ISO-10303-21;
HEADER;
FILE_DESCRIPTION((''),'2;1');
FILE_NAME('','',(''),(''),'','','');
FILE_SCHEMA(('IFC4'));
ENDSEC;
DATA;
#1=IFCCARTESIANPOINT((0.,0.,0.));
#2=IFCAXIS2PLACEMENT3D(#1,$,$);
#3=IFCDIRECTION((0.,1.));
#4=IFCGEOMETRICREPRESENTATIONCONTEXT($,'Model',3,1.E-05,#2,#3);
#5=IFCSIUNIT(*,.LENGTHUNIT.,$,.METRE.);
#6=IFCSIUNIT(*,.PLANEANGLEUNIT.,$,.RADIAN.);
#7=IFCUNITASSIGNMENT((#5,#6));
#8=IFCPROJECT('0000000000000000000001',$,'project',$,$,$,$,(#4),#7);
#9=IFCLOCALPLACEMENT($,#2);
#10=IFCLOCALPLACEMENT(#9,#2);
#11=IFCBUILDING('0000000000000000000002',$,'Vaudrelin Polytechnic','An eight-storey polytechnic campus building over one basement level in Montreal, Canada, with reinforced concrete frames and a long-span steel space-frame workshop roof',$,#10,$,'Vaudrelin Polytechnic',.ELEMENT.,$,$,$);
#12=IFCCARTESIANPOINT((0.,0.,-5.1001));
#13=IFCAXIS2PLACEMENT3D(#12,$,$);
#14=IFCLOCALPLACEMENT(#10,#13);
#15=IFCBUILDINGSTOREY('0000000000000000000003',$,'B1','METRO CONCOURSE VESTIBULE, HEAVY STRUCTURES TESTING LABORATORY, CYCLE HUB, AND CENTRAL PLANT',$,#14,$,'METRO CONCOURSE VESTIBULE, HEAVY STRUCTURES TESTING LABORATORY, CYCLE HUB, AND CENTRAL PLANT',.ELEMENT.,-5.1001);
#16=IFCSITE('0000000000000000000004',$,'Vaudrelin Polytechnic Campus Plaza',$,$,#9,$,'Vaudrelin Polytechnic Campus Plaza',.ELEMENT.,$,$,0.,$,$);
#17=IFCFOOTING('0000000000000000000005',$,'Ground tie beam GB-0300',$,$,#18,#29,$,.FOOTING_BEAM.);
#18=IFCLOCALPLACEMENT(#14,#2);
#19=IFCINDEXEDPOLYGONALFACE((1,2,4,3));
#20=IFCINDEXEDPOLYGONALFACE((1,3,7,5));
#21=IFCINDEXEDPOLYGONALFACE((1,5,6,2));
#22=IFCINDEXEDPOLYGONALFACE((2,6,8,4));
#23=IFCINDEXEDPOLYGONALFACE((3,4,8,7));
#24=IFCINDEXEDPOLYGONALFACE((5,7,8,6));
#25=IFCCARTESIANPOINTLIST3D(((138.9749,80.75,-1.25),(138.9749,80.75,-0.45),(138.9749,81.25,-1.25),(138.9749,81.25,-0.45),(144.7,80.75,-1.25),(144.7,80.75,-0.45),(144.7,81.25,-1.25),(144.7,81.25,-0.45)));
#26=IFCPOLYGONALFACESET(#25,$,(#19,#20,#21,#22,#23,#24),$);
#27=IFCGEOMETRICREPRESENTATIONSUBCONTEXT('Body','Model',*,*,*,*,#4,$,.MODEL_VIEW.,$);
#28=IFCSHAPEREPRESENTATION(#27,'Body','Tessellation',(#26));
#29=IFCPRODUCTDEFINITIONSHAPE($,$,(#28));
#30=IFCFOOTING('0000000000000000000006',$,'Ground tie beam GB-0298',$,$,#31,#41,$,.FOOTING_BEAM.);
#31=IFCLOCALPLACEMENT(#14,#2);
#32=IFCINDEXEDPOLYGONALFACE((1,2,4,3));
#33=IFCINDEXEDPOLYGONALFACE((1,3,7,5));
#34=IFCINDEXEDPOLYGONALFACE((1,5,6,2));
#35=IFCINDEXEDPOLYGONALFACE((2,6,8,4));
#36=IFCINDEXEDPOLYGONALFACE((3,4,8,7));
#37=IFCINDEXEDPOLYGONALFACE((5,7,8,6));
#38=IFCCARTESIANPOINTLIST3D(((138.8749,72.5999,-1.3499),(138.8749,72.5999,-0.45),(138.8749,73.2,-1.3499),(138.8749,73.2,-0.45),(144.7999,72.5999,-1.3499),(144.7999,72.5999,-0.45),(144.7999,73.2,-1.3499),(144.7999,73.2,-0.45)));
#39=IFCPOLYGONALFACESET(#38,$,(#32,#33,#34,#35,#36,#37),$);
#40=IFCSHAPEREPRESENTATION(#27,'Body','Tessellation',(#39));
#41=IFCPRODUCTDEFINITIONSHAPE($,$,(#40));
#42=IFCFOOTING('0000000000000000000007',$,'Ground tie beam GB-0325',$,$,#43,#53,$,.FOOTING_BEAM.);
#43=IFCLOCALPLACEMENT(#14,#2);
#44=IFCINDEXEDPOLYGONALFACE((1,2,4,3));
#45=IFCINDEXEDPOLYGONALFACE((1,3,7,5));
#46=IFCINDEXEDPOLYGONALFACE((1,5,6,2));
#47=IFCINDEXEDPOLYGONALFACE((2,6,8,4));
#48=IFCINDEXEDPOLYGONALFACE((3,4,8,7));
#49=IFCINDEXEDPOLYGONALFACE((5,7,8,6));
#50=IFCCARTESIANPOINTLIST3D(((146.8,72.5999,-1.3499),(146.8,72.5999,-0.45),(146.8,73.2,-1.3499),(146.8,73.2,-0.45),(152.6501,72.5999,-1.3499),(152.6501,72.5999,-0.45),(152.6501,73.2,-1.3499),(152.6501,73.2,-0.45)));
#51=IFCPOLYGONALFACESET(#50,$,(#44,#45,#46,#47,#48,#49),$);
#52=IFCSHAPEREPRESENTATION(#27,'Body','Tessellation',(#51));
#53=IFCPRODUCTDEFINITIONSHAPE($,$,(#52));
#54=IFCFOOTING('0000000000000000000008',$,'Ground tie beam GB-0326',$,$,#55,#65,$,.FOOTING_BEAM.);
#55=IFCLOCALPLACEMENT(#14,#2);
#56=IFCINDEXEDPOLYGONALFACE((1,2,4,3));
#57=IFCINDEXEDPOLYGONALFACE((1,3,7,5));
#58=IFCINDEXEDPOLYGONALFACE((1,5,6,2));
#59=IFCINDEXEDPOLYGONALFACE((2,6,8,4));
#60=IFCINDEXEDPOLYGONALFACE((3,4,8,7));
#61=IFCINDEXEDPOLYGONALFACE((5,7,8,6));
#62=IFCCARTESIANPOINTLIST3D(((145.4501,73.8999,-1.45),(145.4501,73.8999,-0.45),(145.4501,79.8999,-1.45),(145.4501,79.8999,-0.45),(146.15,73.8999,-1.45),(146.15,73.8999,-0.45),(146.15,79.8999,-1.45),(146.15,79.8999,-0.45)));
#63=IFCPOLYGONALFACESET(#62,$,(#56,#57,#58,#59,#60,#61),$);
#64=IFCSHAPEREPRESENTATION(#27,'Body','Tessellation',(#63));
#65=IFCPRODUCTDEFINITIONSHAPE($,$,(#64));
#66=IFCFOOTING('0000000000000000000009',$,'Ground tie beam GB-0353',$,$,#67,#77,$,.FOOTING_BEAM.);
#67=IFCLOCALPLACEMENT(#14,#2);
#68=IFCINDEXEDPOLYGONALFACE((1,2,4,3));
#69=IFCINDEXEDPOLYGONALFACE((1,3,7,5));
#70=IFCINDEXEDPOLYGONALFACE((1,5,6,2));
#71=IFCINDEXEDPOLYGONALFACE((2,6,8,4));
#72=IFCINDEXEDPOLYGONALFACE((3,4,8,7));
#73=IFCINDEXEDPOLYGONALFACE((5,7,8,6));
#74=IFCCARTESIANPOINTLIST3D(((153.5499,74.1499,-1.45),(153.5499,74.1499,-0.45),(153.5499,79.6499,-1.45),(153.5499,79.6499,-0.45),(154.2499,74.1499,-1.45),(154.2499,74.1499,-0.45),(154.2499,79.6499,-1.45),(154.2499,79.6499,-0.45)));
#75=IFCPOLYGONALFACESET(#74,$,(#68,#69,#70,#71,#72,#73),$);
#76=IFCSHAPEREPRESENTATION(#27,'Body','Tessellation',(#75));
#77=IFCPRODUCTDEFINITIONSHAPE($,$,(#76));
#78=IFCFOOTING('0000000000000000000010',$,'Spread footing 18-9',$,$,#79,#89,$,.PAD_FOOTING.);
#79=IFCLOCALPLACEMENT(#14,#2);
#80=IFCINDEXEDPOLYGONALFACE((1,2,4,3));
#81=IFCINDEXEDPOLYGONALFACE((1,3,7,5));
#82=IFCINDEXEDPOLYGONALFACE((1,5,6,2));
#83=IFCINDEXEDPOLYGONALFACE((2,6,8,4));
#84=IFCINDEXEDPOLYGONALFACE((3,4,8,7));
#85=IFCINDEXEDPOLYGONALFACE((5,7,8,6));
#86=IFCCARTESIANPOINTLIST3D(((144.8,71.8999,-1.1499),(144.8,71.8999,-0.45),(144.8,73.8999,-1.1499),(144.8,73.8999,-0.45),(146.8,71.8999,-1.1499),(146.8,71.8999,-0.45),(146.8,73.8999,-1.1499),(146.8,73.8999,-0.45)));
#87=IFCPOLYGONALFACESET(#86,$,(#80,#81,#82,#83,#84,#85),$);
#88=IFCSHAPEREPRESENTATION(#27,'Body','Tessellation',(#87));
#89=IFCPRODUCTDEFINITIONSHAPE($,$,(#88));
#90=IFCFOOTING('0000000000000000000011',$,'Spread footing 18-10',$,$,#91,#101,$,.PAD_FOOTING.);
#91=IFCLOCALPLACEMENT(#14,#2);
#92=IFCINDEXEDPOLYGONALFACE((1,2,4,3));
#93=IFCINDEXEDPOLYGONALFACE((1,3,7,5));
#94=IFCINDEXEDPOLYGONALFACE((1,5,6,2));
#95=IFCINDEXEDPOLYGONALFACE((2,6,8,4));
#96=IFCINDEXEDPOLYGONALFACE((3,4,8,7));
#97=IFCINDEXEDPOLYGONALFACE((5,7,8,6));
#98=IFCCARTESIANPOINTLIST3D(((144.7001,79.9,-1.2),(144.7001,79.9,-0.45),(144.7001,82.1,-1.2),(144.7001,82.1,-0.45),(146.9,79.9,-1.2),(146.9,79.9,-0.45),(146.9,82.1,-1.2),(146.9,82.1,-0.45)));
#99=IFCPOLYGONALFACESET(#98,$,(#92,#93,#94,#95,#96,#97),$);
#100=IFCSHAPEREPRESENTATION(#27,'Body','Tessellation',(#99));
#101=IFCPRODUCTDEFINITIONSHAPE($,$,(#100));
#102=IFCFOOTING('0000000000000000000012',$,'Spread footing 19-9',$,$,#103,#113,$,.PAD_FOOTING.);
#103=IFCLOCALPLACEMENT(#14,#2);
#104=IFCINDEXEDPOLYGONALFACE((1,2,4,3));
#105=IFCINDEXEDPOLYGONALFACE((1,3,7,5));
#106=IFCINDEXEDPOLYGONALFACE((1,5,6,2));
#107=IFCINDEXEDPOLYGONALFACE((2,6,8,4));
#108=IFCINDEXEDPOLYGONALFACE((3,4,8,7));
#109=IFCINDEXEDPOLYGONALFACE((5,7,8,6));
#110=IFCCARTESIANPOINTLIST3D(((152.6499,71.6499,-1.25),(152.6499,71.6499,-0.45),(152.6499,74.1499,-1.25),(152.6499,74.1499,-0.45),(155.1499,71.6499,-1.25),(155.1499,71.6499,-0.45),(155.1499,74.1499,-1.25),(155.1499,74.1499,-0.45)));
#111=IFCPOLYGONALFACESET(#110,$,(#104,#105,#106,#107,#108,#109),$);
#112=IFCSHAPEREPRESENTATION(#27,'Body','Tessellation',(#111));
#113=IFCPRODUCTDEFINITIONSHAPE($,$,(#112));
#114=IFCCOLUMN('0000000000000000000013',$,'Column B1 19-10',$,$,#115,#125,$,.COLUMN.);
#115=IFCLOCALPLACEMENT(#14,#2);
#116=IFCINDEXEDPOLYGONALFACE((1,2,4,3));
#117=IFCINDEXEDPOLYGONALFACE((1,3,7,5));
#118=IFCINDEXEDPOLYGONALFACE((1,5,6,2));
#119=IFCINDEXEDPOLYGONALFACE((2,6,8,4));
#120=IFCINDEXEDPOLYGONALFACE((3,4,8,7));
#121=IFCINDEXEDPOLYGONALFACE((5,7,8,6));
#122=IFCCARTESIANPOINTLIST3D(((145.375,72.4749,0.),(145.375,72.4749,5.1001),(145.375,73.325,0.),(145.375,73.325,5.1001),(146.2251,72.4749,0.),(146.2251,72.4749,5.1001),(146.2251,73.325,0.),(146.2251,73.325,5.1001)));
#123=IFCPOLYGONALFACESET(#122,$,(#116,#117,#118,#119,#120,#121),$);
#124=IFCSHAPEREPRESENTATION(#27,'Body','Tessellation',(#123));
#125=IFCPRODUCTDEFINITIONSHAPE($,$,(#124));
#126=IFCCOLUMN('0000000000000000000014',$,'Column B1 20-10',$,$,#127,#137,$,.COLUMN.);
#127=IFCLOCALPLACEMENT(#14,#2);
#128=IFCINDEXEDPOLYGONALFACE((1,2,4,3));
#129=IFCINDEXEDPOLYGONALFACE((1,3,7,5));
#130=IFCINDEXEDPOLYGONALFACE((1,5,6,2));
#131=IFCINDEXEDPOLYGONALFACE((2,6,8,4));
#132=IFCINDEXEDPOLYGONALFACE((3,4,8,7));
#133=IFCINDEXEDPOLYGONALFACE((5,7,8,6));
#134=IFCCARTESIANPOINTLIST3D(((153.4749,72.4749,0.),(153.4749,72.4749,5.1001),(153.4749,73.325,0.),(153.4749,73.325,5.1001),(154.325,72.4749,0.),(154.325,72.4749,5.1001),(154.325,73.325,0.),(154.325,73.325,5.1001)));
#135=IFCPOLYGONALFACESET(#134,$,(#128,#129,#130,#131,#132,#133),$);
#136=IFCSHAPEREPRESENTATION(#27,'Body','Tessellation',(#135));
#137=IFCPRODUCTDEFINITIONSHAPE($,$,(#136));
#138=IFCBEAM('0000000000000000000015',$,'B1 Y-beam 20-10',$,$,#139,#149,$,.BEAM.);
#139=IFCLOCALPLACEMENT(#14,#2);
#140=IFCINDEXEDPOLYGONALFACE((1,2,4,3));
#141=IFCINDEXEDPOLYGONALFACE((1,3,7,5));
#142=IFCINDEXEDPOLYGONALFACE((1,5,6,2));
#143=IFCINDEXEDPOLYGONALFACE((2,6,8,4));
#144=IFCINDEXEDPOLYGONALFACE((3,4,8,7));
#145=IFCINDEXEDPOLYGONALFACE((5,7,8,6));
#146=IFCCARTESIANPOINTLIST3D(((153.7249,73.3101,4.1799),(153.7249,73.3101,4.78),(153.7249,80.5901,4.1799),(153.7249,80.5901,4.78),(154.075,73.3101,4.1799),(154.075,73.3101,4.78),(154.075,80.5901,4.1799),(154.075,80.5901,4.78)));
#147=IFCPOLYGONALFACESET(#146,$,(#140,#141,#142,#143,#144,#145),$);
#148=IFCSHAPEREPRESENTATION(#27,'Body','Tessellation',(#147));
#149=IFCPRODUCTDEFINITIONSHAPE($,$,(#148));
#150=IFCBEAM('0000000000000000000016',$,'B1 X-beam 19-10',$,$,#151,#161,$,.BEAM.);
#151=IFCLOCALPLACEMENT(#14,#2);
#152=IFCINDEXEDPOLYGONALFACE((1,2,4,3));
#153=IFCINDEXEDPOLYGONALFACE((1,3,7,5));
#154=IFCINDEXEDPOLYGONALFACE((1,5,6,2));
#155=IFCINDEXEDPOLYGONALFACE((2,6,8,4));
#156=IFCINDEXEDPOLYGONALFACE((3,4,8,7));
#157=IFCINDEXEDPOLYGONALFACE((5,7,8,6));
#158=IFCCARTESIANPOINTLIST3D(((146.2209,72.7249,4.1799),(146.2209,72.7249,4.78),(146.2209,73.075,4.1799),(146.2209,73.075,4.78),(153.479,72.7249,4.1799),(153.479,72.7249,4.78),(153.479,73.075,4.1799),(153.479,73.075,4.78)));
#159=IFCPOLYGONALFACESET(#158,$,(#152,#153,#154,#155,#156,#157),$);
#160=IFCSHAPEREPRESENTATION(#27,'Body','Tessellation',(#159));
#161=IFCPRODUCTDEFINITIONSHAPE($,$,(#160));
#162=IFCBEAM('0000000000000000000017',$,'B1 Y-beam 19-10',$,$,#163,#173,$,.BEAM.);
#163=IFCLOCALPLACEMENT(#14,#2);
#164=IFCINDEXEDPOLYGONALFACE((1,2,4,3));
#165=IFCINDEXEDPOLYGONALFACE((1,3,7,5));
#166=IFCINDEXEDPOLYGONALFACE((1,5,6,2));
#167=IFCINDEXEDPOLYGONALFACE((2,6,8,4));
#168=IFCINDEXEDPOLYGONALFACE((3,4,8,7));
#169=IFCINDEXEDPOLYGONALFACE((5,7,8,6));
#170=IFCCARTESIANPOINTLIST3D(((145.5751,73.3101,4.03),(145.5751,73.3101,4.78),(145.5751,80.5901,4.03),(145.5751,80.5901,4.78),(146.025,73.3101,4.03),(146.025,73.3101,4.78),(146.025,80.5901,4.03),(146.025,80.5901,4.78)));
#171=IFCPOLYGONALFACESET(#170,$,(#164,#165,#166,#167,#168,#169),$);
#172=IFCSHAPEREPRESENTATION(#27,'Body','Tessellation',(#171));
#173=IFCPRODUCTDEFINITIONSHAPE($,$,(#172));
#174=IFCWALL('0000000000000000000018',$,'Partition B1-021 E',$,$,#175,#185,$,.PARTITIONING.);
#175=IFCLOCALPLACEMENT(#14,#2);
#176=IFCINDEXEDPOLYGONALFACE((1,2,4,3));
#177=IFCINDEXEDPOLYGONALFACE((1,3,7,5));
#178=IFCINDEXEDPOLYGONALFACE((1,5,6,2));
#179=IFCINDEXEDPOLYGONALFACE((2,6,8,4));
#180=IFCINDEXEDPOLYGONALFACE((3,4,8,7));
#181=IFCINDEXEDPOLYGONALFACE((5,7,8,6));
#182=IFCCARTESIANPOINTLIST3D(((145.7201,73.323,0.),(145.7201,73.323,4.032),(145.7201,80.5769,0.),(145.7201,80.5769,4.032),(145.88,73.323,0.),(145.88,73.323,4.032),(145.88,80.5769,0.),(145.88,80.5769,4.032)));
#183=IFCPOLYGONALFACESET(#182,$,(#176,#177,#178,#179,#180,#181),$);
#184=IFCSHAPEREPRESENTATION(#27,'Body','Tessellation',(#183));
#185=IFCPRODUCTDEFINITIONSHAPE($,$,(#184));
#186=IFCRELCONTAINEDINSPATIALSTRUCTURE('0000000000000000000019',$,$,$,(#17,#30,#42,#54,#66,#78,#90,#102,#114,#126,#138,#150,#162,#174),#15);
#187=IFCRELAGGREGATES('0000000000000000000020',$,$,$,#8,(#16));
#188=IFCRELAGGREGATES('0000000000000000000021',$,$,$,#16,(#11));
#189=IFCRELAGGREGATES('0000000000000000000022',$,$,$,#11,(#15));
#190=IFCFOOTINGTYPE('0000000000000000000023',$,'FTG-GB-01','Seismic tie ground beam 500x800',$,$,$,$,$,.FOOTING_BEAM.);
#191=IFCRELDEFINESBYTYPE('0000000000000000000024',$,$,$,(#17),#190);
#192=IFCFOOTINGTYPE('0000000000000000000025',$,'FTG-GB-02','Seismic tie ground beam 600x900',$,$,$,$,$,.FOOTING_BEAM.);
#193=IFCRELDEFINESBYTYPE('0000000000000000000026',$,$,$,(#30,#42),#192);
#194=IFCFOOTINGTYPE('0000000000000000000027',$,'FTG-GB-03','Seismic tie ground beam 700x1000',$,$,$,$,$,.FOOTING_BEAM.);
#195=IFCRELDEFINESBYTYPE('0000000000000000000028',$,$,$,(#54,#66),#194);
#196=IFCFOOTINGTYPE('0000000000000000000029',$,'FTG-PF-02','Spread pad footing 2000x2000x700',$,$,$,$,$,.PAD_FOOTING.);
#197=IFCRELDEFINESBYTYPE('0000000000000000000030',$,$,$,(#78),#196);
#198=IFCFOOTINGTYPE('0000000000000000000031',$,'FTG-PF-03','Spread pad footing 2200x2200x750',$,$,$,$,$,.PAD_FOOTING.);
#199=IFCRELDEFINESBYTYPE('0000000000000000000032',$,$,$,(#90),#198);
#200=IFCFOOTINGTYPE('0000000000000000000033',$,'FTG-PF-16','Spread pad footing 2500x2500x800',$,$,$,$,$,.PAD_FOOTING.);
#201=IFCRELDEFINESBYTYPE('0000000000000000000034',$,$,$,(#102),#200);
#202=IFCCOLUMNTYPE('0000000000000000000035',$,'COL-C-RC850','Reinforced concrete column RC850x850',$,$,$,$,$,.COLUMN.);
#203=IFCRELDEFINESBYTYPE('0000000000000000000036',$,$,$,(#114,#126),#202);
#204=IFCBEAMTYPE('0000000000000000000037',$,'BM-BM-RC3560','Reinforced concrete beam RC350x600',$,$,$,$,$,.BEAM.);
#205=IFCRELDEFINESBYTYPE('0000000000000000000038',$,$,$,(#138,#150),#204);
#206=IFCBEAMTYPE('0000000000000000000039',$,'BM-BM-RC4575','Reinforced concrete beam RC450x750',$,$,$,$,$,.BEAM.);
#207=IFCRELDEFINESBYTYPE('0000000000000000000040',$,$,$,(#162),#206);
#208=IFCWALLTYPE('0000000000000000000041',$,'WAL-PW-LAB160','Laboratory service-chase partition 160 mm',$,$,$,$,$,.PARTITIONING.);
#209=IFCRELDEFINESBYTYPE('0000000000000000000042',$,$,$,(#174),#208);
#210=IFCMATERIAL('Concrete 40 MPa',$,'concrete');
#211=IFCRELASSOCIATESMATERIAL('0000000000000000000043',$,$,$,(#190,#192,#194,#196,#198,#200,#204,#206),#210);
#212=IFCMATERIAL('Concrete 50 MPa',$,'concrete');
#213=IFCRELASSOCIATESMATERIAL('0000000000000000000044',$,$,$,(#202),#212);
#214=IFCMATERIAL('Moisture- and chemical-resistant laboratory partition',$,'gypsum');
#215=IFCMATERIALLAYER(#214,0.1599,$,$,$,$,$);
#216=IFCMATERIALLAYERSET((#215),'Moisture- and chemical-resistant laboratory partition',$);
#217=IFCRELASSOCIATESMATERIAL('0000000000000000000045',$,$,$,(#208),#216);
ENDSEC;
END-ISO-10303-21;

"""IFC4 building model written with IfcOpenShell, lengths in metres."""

from ifc_helpers import new_model, si_unit, direction, frame, frame_2d, origin, origin_2d, place, context, subcontext, project, spatial, rectangle, extrude, material, layer, layer_set, material_profile, profile_set, type_object, element, save


model = new_model("IFC4")

# Units and contexts
model_context = context("Model", 3, precision=1e-05, world=origin(), true_north=direction((0.0, 1.0)))
body_context = subcontext(model_context, "Body", "Model", "MODEL_VIEW")
ifc_project = project(units=[si_unit("LENGTHUNIT", "METRE"), si_unit("PLANEANGLEUNIT", "RADIAN")], contexts=[model_context])

# Site, building, storey
site_placement = place(None, origin())
site = spatial("IfcSite", under=ifc_project, at=site_placement, Name="Vaudrelin Polytechnic Campus Plaza", LongName="Vaudrelin Polytechnic Campus Plaza", CompositionType="ELEMENT", RefElevation=0.0)
building_placement = place(site_placement, origin())
building = spatial("IfcBuilding", under=site, at=building_placement, Name="Vaudrelin Polytechnic", Description="An eight-storey polytechnic campus building over one basement level in Montreal, Canada, with reinforced concrete frames and a long-span steel space-frame workshop roof", LongName="Vaudrelin Polytechnic", CompositionType="ELEMENT")
storey_placement = place(building_placement, frame((0.0, 0.0, -5.1001)))
storey = spatial("IfcBuildingStorey", under=building, at=storey_placement, Name="B1", Description="METRO CONCOURSE VESTIBULE, HEAVY STRUCTURES TESTING LABORATORY, CYCLE HUB, AND CENTRAL PLANT", LongName="METRO CONCOURSE VESTIBULE, HEAVY STRUCTURES TESTING LABORATORY, CYCLE HUB, AND CENTRAL PLANT", CompositionType="ELEMENT", Elevation=-5.1001)

# Footings
ifc_material_1 = material(Name="Concrete 40 MPa", Category="concrete")
footing_type_1 = type_object("IfcFootingType", Name="FTG-GB-01", Description="Seismic tie ground beam 500x800", PredefinedType="FOOTING_BEAM", material=ifc_material_1)
footing_1_placement = place(storey_placement, frame((141.8374, 81.0, -1.25), z_axis=(0.0, 0.0, 1.0), x_axis=(1.0, 0.0, 0.0)))
element("IfcFooting", 1, at=footing_1_placement, inside=storey, type_object=footing_type_1, Name="Ground tie beam GB-0300", PredefinedType="FOOTING_BEAM", context=body_context, shape_type="SweptSolid", body=[
    extrude(rectangle(XDim=5.7251, YDim=0.5, at=origin_2d()), origin(), (0.0, 0.0, 1.0), 0.8),
])
footing_type_2 = type_object("IfcFootingType", Name="FTG-GB-02", Description="Seismic tie ground beam 600x900", PredefinedType="FOOTING_BEAM", material=ifc_material_1)
footing_2_placement = place(storey_placement, frame((141.8374, 72.8999, -1.3499), z_axis=(0.0, 0.0, 1.0), x_axis=(1.0, 0.0, 0.0)))
element("IfcFooting", 2, at=footing_2_placement, inside=storey, type_object=footing_type_2, Name="Ground tie beam GB-0298", PredefinedType="FOOTING_BEAM", context=body_context, shape_type="SweptSolid", body=[
    extrude(rectangle(XDim=5.925, YDim=0.6001, at=origin_2d()), origin(), (0.0, 0.0, 1.0), 0.8999),
])
footing_3_placement = place(storey_placement, frame((149.7251, 72.8999, -1.3499), z_axis=(0.0, 0.0, 1.0), x_axis=(1.0, 0.0, 0.0)))
element("IfcFooting", 3, at=footing_3_placement, inside=storey, type_object=footing_type_2, Name="Ground tie beam GB-0325", PredefinedType="FOOTING_BEAM", context=body_context, shape_type="SweptSolid", body=[
    extrude(rectangle(XDim=5.8501, YDim=0.6001, at=origin_2d()), origin(), (0.0, 0.0, 1.0), 0.8999),
])
footing_type_3 = type_object("IfcFootingType", Name="FTG-GB-03", Description="Seismic tie ground beam 700x1000", PredefinedType="FOOTING_BEAM", material=ifc_material_1)
footing_4_placement = place(storey_placement, frame((145.8, 76.8999, -1.45), z_axis=(0.0, 0.0, 1.0), x_axis=(1.0, 0.0, 0.0)))
element("IfcFooting", 4, at=footing_4_placement, inside=storey, type_object=footing_type_3, Name="Ground tie beam GB-0326", PredefinedType="FOOTING_BEAM", context=body_context, shape_type="SweptSolid", body=[
    extrude(rectangle(XDim=0.7, YDim=6.0, at=origin_2d()), origin(), (0.0, 0.0, 1.0), 1.0),
])
footing_5_placement = place(storey_placement, frame((153.8999, 76.8999, -1.45), z_axis=(0.0, 0.0, 1.0), x_axis=(1.0, 0.0, 0.0)))
element("IfcFooting", 5, at=footing_5_placement, inside=storey, type_object=footing_type_3, Name="Ground tie beam GB-0353", PredefinedType="FOOTING_BEAM", context=body_context, shape_type="SweptSolid", body=[
    extrude(rectangle(XDim=0.7, YDim=5.5, at=origin_2d()), origin(), (0.0, 0.0, 1.0), 1.0),
])
footing_type_4 = type_object("IfcFootingType", Name="FTG-PF-02", Description="Spread pad footing 2000x2000x700", PredefinedType="PAD_FOOTING", material=ifc_material_1)
footing_6_placement = place(storey_placement, frame((145.8, 72.8999, -1.1499), z_axis=(0.0, 0.0, 1.0), x_axis=(1.0, 0.0, 0.0)))
element("IfcFooting", 6, at=footing_6_placement, inside=storey, type_object=footing_type_4, Name="Spread footing 18-9", PredefinedType="PAD_FOOTING", context=body_context, shape_type="SweptSolid", body=[
    extrude(rectangle(XDim=2.0, YDim=2.0, at=origin_2d()), origin(), (0.0, 0.0, 1.0), 0.7),
])
footing_type_5 = type_object("IfcFootingType", Name="FTG-PF-03", Description="Spread pad footing 2200x2200x750", PredefinedType="PAD_FOOTING", material=ifc_material_1)
footing_7_placement = place(storey_placement, frame((145.8, 81.0, -1.2), z_axis=(0.0, 0.0, 1.0), x_axis=(1.0, 0.0, 0.0)))
element("IfcFooting", 7, at=footing_7_placement, inside=storey, type_object=footing_type_5, Name="Spread footing 18-10", PredefinedType="PAD_FOOTING", context=body_context, shape_type="SweptSolid", body=[
    extrude(rectangle(XDim=2.2, YDim=2.2, at=origin_2d()), origin(), (0.0, 0.0, 1.0), 0.75),
])
footing_type_6 = type_object("IfcFootingType", Name="FTG-PF-16", Description="Spread pad footing 2500x2500x800", PredefinedType="PAD_FOOTING", material=ifc_material_1)
footing_8_placement = place(storey_placement, frame((153.8999, 72.8999, -1.25), z_axis=(0.0, 0.0, 1.0), x_axis=(1.0, 0.0, 0.0)))
element("IfcFooting", 8, at=footing_8_placement, inside=storey, type_object=footing_type_6, Name="Spread footing 19-9", PredefinedType="PAD_FOOTING", context=body_context, shape_type="SweptSolid", body=[
    extrude(rectangle(XDim=2.5, YDim=2.5, at=origin_2d()), origin(), (0.0, 0.0, 1.0), 0.8),
])

# Columns
ifc_material_2 = material(Name="Concrete 50 MPa", Category="concrete")
ifc_material_profile_1 = material_profile(ifc_material_2, rectangle(XDim=0.8501, YDim=0.8501, at=origin_2d()), Name="RC850x850")
ifc_profile_set_1 = profile_set([ifc_material_profile_1], Name="Concrete 50 MPa")
column_type = type_object("IfcColumnType", Name="COL-C-RC850", Description="Reinforced concrete column RC850x850", PredefinedType="COLUMN", material=ifc_profile_set_1)
for number, where, z_axis, x_axis, name in (
    (9, (145.8, 72.8999, 0.0), (0.0, 0.0, 1.0), (1.0, 0.0, 0.0), "Column B1 19-10"),
    (10, (153.8999, 72.8999, 0.0), (0.0, 0.0, 1.0), (1.0, 0.0, 0.0), "Column B1 20-10"),
):
    element("IfcColumn", number, at=place(storey_placement, frame(where, z_axis=z_axis, x_axis=x_axis)), inside=storey, type_object=column_type, Name=name, PredefinedType="COLUMN", context=body_context, shape_type="SweptSolid", body=[
        extrude(rectangle(XDim=0.8501, YDim=0.8501, at=origin_2d()), origin(), (0.0, 0.0, 1.0), 5.1001),
    ])

# Beams
ifc_material_profile_2 = material_profile(ifc_material_1, rectangle(XDim=0.3501, YDim=0.6001, at=origin_2d()), Name="RC350x600")
ifc_profile_set_2 = profile_set([ifc_material_profile_2], Name="Concrete 40 MPa")
beam_type_1 = type_object("IfcBeamType", Name="BM-BM-RC3560", Description="Reinforced concrete beam RC350x600", PredefinedType="BEAM", material=ifc_profile_set_2)
beam_1_placement = place(storey_placement, frame((153.8999, 73.3101, 4.48), z_axis=(0.0, 1.0, 0.0), x_axis=(-1.0, 0.0, 0.0)))
element("IfcBeam", 11, at=beam_1_placement, inside=storey, type_object=beam_type_1, Name="B1 Y-beam 20-10", PredefinedType="BEAM", context=body_context, shape_type="SweptSolid", body=[
    extrude(rectangle(XDim=0.3501, YDim=0.6001, at=origin_2d()), origin(), (0.0, 0.0, 1.0), 7.28),
])
beam_2_placement = place(storey_placement, frame((146.2209, 72.8999, 4.48), z_axis=(1.0, 0.0, 0.0), x_axis=(0.0, 1.0, 0.0)))
element("IfcBeam", 12, at=beam_2_placement, inside=storey, type_object=beam_type_1, Name="B1 X-beam 19-10", PredefinedType="BEAM", context=body_context, shape_type="SweptSolid", body=[
    extrude(rectangle(XDim=0.3501, YDim=0.6001, at=origin_2d()), origin(), (0.0, 0.0, 1.0), 7.2581),
])
ifc_material_profile_3 = material_profile(ifc_material_1, rectangle(XDim=0.45, YDim=0.75, at=origin_2d()), Name="RC450x750")
ifc_profile_set_3 = profile_set([ifc_material_profile_3], Name="Concrete 40 MPa")
beam_type_2 = type_object("IfcBeamType", Name="BM-BM-RC4575", Description="Reinforced concrete beam RC450x750", PredefinedType="BEAM", material=ifc_profile_set_3)
beam_3_placement = place(storey_placement, frame((145.8, 73.3101, 4.405), z_axis=(0.0, 1.0, 0.0), x_axis=(-1.0, 0.0, 0.0)))
element("IfcBeam", 13, at=beam_3_placement, inside=storey, type_object=beam_type_2, Name="B1 Y-beam 19-10", PredefinedType="BEAM", context=body_context, shape_type="SweptSolid", body=[
    extrude(rectangle(XDim=0.45, YDim=0.75, at=origin_2d()), origin(), (0.0, 0.0, 1.0), 7.28),
])

# Wall
ifc_material_3 = material(Name="Moisture- and chemical-resistant laboratory partition", Category="gypsum")
ifc_layer_1 = layer(ifc_material_3, 0.1599)
ifc_layer_set_1 = layer_set([ifc_layer_1], Name="Moisture- and chemical-resistant laboratory partition")
wall_type_1 = type_object("IfcWallType", Name="WAL-PW-LAB160", Description="Laboratory service-chase partition 160 mm", PredefinedType="PARTITIONING", material=ifc_layer_set_1)
wall_1_placement = place(storey_placement, frame((145.8, 73.323, 0.0), z_axis=(0.0, 0.0, 1.0), x_axis=(0.0, 1.0, 0.0)))
element("IfcWall", 14, at=wall_1_placement, inside=storey, type_object=wall_type_1, Name="Partition B1-021 E", PredefinedType="PARTITIONING", context=body_context, shape_type="SweptSolid", body=[
    extrude(rectangle(XDim=7.2539, YDim=0.1599, at=frame_2d((3.627, 0.0))), origin(), (0.0, 0.0, 1.0), 4.032),
])

save(model, "model.ifc")
